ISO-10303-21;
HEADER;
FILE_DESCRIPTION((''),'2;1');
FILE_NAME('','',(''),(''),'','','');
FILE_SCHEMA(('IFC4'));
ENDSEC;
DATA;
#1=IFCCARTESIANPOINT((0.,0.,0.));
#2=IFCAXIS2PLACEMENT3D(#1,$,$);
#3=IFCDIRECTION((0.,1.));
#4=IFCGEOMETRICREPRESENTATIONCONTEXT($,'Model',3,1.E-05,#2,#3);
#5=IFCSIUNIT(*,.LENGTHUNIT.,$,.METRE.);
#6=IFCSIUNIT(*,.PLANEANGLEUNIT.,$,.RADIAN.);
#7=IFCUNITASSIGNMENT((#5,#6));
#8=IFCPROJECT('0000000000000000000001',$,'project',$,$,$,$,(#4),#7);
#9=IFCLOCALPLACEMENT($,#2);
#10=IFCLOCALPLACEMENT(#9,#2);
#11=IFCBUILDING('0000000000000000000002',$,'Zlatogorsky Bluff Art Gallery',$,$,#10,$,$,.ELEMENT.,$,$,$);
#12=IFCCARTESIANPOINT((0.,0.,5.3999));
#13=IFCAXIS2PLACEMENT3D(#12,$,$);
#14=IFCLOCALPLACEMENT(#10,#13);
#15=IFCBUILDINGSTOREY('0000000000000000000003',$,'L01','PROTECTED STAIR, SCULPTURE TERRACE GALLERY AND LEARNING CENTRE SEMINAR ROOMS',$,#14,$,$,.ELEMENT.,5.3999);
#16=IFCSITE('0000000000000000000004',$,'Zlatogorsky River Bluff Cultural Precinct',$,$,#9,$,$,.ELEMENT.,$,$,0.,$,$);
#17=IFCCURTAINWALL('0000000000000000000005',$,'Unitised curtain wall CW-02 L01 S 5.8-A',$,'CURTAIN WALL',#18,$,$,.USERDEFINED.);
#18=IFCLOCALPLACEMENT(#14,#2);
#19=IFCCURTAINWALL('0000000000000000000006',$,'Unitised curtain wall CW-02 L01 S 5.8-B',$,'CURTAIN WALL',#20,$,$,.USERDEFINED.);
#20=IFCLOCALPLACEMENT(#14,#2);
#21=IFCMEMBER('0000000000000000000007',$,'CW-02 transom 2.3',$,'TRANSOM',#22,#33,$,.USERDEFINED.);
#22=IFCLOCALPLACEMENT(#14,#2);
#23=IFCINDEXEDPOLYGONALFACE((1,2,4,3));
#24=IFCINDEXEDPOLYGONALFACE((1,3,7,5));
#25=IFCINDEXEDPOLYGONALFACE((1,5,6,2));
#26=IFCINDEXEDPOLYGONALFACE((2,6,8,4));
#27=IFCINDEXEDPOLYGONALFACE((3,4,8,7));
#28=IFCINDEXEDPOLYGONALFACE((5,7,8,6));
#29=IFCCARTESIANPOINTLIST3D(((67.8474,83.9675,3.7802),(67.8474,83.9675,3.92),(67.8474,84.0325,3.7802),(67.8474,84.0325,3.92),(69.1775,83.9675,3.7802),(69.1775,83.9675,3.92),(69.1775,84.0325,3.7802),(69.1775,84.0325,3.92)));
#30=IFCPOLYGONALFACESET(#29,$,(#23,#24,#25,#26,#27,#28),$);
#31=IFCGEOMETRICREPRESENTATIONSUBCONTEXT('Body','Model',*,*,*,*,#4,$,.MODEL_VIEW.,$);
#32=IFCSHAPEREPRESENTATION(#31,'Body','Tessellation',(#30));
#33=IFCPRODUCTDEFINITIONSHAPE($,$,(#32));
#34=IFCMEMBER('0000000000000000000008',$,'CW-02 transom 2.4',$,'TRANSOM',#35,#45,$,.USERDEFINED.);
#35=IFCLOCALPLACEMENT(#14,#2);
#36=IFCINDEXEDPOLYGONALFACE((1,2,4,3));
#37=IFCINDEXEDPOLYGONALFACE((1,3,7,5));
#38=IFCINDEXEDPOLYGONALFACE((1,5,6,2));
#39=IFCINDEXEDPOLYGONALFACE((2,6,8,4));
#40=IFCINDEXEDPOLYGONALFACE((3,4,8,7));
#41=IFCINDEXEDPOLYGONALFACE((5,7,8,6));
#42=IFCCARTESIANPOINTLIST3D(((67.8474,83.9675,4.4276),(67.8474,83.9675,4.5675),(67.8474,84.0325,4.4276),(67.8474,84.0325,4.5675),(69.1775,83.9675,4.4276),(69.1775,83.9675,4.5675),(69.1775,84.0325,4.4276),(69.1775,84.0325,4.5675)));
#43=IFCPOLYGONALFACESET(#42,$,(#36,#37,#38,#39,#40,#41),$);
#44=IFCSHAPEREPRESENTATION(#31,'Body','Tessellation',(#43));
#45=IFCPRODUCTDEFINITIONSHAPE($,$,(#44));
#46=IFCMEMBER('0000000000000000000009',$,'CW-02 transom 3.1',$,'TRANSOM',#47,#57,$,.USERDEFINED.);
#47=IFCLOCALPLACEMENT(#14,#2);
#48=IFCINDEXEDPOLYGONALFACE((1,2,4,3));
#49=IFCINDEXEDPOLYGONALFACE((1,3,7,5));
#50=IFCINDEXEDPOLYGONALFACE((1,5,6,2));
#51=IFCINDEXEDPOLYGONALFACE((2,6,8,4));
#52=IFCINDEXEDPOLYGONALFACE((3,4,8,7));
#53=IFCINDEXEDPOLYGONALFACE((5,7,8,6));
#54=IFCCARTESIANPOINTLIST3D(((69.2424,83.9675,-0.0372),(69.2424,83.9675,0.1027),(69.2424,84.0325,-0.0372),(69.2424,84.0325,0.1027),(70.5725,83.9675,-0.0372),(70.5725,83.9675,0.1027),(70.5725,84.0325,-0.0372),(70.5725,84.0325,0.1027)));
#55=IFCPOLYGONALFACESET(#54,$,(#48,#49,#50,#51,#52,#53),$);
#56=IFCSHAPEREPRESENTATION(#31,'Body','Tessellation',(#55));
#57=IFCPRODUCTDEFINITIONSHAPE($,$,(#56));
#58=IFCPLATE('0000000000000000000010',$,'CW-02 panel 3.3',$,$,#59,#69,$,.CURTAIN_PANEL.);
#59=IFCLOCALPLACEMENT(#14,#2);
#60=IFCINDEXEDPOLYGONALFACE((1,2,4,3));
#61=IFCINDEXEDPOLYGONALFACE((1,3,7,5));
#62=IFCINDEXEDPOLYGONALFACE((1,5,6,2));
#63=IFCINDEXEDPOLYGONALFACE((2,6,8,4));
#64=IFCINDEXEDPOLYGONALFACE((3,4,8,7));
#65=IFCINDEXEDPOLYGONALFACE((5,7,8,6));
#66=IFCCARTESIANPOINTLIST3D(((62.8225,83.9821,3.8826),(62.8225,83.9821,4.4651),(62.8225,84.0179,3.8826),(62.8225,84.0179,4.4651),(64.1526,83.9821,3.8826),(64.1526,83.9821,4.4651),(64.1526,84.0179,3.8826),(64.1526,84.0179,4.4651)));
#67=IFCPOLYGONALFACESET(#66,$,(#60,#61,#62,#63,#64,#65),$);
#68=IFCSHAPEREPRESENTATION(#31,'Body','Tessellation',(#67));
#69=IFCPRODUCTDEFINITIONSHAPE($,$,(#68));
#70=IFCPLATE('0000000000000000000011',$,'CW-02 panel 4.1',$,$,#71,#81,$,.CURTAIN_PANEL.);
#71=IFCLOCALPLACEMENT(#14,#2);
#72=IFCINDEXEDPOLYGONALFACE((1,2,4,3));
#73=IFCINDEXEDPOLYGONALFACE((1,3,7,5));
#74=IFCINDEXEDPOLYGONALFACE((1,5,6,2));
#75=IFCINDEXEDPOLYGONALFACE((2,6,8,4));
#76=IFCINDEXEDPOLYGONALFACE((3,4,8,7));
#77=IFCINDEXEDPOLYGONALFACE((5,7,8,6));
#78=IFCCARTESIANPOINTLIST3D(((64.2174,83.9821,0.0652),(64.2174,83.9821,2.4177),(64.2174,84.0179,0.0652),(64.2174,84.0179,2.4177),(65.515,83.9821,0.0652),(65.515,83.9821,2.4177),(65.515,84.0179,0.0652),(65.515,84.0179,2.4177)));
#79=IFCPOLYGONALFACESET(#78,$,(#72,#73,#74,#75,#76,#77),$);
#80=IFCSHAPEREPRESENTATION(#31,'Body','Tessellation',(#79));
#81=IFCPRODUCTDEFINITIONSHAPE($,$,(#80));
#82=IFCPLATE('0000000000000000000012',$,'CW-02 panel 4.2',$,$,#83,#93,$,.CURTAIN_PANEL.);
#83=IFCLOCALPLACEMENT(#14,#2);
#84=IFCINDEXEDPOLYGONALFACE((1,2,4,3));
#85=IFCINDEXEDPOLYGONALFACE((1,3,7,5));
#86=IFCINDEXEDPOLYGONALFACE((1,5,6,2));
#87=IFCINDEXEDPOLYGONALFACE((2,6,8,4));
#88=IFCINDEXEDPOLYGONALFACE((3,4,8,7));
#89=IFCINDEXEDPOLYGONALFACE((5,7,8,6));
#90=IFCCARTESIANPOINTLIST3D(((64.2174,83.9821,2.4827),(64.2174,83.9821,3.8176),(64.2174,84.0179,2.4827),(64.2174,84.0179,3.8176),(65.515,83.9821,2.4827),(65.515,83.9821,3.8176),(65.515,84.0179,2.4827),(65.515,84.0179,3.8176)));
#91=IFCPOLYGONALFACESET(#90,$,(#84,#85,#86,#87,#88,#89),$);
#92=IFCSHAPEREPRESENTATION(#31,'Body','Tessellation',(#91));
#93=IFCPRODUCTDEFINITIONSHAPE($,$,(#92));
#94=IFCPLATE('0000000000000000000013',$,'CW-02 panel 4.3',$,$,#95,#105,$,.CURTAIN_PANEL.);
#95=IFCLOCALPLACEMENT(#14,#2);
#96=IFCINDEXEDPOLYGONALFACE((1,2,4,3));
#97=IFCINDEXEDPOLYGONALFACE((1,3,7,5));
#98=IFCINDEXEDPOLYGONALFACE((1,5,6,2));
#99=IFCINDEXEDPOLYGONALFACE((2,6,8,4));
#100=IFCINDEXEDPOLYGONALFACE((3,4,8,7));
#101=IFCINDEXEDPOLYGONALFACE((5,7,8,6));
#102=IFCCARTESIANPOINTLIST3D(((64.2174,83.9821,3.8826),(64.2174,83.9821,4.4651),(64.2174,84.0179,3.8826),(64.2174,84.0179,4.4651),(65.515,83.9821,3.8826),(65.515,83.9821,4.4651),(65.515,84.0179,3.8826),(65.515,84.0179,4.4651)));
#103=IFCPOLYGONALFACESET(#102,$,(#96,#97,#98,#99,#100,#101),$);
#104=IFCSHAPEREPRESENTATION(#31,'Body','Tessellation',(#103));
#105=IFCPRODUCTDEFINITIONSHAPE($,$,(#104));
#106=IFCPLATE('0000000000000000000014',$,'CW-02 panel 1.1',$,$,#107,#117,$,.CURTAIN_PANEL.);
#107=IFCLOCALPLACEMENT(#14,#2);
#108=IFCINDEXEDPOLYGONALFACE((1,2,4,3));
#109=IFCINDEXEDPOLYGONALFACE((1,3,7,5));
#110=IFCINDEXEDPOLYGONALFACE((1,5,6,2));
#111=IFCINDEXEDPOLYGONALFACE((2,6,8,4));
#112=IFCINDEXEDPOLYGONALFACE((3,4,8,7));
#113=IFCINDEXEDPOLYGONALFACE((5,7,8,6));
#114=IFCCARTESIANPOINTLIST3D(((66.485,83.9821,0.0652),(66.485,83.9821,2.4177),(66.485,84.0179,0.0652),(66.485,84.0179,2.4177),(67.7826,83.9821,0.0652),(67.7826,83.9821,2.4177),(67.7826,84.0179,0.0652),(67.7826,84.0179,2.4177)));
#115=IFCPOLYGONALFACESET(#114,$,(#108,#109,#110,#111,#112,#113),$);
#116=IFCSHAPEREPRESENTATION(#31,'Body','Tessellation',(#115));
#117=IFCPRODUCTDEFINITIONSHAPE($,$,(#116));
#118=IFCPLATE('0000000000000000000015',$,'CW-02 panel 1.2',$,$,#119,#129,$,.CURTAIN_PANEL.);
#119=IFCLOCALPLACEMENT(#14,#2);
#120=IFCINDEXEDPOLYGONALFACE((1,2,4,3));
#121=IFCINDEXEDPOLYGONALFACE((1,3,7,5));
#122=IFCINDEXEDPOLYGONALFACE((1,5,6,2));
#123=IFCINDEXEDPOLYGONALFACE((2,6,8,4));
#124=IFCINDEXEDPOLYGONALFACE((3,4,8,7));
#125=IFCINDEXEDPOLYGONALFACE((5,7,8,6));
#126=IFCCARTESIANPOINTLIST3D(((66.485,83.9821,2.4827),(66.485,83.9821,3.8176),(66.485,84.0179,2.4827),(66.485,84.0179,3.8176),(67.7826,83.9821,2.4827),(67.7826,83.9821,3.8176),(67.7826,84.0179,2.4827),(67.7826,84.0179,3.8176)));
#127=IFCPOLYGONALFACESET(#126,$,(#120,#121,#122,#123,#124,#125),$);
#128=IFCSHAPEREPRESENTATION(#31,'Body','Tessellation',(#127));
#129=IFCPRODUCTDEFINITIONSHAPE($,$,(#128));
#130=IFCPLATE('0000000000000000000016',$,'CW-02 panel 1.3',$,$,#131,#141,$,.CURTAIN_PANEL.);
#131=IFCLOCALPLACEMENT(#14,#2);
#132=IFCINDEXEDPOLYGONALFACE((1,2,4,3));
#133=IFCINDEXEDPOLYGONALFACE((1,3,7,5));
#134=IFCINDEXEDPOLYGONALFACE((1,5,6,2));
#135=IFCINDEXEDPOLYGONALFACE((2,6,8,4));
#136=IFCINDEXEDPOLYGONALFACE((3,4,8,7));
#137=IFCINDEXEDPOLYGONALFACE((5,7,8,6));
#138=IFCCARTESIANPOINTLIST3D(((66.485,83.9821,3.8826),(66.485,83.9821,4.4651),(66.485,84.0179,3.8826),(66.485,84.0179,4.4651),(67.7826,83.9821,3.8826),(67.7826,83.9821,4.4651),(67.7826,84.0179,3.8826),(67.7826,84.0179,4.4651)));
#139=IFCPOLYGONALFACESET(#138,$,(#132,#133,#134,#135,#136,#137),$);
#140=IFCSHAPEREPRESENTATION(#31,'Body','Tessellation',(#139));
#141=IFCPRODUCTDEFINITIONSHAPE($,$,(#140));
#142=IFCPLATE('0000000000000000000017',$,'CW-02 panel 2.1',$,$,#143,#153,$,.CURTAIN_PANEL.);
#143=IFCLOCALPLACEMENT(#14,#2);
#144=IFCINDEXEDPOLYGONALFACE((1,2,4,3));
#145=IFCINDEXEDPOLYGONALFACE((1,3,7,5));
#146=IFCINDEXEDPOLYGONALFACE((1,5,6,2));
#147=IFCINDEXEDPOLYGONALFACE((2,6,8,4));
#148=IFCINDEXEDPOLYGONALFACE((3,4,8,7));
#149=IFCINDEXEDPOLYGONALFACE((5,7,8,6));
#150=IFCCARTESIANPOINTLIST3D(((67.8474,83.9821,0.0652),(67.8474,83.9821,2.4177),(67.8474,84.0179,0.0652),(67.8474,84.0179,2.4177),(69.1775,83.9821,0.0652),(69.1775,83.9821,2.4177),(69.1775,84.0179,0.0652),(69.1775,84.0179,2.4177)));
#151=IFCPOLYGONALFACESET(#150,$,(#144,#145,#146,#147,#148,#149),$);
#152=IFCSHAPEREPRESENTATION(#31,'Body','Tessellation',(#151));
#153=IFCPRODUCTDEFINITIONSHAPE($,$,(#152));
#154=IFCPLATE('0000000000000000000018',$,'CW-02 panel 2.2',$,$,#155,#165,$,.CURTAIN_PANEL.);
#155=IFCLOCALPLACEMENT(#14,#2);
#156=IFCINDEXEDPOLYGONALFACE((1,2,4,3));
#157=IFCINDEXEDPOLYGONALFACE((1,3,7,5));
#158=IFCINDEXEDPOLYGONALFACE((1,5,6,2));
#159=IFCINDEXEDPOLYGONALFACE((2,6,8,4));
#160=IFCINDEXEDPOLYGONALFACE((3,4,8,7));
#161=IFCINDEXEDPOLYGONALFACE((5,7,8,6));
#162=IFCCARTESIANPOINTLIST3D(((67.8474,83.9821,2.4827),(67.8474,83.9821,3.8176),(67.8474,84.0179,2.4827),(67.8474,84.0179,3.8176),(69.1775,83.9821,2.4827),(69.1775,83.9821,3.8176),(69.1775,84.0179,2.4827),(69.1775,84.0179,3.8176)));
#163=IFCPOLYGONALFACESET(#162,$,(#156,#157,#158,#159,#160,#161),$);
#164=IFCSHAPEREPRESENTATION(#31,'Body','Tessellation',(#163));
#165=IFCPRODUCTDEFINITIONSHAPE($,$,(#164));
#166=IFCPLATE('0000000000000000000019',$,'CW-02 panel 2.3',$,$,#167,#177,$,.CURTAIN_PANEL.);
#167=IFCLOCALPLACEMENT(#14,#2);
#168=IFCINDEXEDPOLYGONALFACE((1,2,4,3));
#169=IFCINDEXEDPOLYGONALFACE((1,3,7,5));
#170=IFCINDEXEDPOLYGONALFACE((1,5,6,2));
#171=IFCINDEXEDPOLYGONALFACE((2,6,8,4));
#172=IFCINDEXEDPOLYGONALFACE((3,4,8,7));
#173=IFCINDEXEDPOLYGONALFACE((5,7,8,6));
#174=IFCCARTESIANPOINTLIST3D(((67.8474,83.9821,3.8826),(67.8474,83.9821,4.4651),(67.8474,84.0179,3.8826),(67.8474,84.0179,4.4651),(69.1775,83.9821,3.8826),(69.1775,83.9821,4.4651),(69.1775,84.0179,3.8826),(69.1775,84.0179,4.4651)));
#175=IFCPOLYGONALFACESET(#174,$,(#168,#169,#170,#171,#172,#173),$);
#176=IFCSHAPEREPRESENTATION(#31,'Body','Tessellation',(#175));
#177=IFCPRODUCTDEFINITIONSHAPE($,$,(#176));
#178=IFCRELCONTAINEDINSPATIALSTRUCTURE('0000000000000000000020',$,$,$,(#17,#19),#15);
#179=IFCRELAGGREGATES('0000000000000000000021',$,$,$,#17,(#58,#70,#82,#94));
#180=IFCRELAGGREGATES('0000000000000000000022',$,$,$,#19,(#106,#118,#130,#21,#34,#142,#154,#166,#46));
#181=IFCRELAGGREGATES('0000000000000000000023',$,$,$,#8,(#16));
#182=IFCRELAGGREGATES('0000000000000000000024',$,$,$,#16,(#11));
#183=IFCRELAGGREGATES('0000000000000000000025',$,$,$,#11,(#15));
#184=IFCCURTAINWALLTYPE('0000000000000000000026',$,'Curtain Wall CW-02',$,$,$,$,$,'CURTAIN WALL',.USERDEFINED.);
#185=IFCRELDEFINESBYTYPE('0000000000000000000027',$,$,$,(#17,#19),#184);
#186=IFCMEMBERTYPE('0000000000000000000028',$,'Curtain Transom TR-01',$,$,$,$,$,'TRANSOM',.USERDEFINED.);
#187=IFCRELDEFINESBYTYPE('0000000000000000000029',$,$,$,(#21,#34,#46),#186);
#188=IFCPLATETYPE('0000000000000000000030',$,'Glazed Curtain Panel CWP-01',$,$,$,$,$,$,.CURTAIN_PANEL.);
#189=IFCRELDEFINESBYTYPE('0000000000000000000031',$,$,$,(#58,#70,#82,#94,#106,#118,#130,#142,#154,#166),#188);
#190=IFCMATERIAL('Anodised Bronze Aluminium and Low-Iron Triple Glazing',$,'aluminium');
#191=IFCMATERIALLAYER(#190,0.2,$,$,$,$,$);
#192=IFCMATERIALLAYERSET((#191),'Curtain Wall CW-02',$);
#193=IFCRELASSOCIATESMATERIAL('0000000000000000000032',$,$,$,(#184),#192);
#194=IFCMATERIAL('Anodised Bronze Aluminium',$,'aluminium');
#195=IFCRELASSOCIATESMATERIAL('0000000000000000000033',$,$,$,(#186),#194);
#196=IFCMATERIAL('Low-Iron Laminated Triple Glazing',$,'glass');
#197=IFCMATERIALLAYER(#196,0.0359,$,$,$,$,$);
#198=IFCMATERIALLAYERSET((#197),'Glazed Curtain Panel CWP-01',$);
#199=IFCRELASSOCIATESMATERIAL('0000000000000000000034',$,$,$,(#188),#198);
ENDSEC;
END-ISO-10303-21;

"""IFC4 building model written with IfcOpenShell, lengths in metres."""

from ifc_helpers import new_model, si_unit, direction, frame, origin, origin_2d, place, context, subcontext, project, spatial, rectangle, extrude, material, layer, layer_set, material_profile, profile_set, type_object, element, aggregate, save


model = new_model("IFC4")

# Units and contexts
model_context = context("Model", 3, precision=1e-05, world=origin(), true_north=direction((0.0, 1.0)))
body_context = subcontext(model_context, "Body", "Model", "MODEL_VIEW")
ifc_project = project(units=[si_unit("LENGTHUNIT", "METRE"), si_unit("PLANEANGLEUNIT", "RADIAN")], contexts=[model_context])

# Site, building, storey
site_placement = place(None, origin())
site = spatial("IfcSite", under=ifc_project, at=site_placement, Name="Zlatogorsky River Bluff Cultural Precinct", CompositionType="ELEMENT", RefElevation=0.0)
building_placement = place(site_placement, origin())
building = spatial("IfcBuilding", under=site, at=building_placement, Name="Zlatogorsky Bluff Art Gallery", CompositionType="ELEMENT")
storey_placement = place(building_placement, frame((0.0, 0.0, 5.3999)))
storey = spatial("IfcBuildingStorey", under=building, at=storey_placement, Name="L01", Description="PROTECTED STAIR, SCULPTURE TERRACE GALLERY AND LEARNING CENTRE SEMINAR ROOMS", CompositionType="ELEMENT", Elevation=5.3999)

# Curtain walls
ifc_material_1 = material(Name="Anodised Bronze Aluminium and Low-Iron Triple Glazing", Category="aluminium")
ifc_layer_1 = layer(ifc_material_1, 0.2)
ifc_layer_set_1 = layer_set([ifc_layer_1], Name="Curtain Wall CW-02")
curtain_wall_type = type_object("IfcCurtainWallType", Name="Curtain Wall CW-02", ElementType="CURTAIN WALL", PredefinedType="USERDEFINED", material=ifc_layer_set_1)
curtain_wall_1_placement = place(storey_placement, origin())
curtain_wall_1 = element("IfcCurtainWall", 1, at=curtain_wall_1_placement, inside=storey, type_object=curtain_wall_type, Name="Unitised curtain wall CW-02 L01 S 5.8-A", ObjectType="CURTAIN WALL", PredefinedType="USERDEFINED")
ifc_material_2 = material(Name="Anodised Bronze Aluminium", Category="aluminium")
curtain_wall_2_placement = place(storey_placement, origin())
curtain_wall_2 = element("IfcCurtainWall", 2, at=curtain_wall_2_placement, inside=storey, type_object=curtain_wall_type, Name="Unitised curtain wall CW-02 L01 S 5.8-B", ObjectType="CURTAIN WALL", PredefinedType="USERDEFINED")

# Members
ifc_material_profile_1 = material_profile(ifc_material_2, rectangle(XDim=0.0649, YDim=0.1399, at=origin_2d()), Name="ALU TRANSOM 65x140")
ifc_profile_set_1 = profile_set([ifc_material_profile_1], Name="Anodised Bronze Aluminium")
member_type_1 = type_object("IfcMemberType", Name="Curtain Transom TR-01", ElementType="TRANSOM", PredefinedType="USERDEFINED", material=ifc_profile_set_1)
member_1_placement = place(storey_placement, frame((67.8474, 84.0, 3.8501), z_axis=(1.0, 0.0, 0.0), x_axis=(0.0, 1.0, 0.0)))
member_1 = element("IfcMember", 3, at=member_1_placement, type_object=member_type_1, Name="CW-02 transom 2.3", ObjectType="TRANSOM", PredefinedType="USERDEFINED", context=body_context, shape_type="SweptSolid", body=[
    extrude(rectangle(XDim=0.0649, YDim=0.1399, at=origin_2d()), origin(), (0.0, 0.0, 1.0), 1.3301),
])
member_2_placement = place(storey_placement, frame((67.8474, 84.0, 4.4976), z_axis=(1.0, 0.0, 0.0), x_axis=(0.0, 1.0, 0.0)))
member_2 = element("IfcMember", 4, at=member_2_placement, type_object=member_type_1, Name="CW-02 transom 2.4", ObjectType="TRANSOM", PredefinedType="USERDEFINED", context=body_context, shape_type="SweptSolid", body=[
    extrude(rectangle(XDim=0.0649, YDim=0.1399, at=origin_2d()), origin(), (0.0, 0.0, 1.0), 1.3301),
])
member_3_placement = place(storey_placement, frame((69.2424, 84.0, 0.0327), z_axis=(1.0, 0.0, 0.0), x_axis=(0.0, 1.0, 0.0)))
member_3 = element("IfcMember", 5, at=member_3_placement, type_object=member_type_1, Name="CW-02 transom 3.1", ObjectType="TRANSOM", PredefinedType="USERDEFINED", context=body_context, shape_type="SweptSolid", body=[
    extrude(rectangle(XDim=0.0649, YDim=0.1399, at=origin_2d()), origin(), (0.0, 0.0, 1.0), 1.3301),
])

# Plates
ifc_material_3 = material(Name="Low-Iron Laminated Triple Glazing", Category="glass")
ifc_layer_2 = layer(ifc_material_3, 0.0359)
ifc_layer_set_2 = layer_set([ifc_layer_2], Name="Glazed Curtain Panel CWP-01")
plate_type = type_object("IfcPlateType", Name="Glazed Curtain Panel CWP-01", PredefinedType="CURTAIN_PANEL", material=ifc_layer_set_2)
plate_1_placement = place(storey_placement, frame((63.4875, 84.0, 3.8826), z_axis=(0.0, 0.0, 1.0), x_axis=(1.0, 0.0, 0.0)))
plate_1 = element("IfcPlate", 6, at=plate_1_placement, type_object=plate_type, Name="CW-02 panel 3.3", PredefinedType="CURTAIN_PANEL", context=body_context, shape_type="SweptSolid", body=[
    extrude(rectangle(XDim=1.3301, YDim=0.0359, at=origin_2d()), origin(), (0.0, 0.0, 1.0), 0.5825),
])
plate_2_placement = place(storey_placement, frame((64.8662, 84.0, 0.0652), z_axis=(0.0, 0.0, 1.0), x_axis=(1.0, 0.0, 0.0)))
plate_2 = element("IfcPlate", 7, at=plate_2_placement, type_object=plate_type, Name="CW-02 panel 4.1", PredefinedType="CURTAIN_PANEL", context=body_context, shape_type="SweptSolid", body=[
    extrude(rectangle(XDim=1.2976, YDim=0.0359, at=origin_2d()), origin(), (0.0, 0.0, 1.0), 2.3525),
])
plate_3_placement = place(storey_placement, frame((64.8662, 84.0, 2.4827), z_axis=(0.0, 0.0, 1.0), x_axis=(1.0, 0.0, 0.0)))
plate_3 = element("IfcPlate", 8, at=plate_3_placement, type_object=plate_type, Name="CW-02 panel 4.2", PredefinedType="CURTAIN_PANEL", context=body_context, shape_type="SweptSolid", body=[
    extrude(rectangle(XDim=1.2976, YDim=0.0359, at=origin_2d()), origin(), (0.0, 0.0, 1.0), 1.335),
])
plate_4_placement = place(storey_placement, frame((64.8662, 84.0, 3.8826), z_axis=(0.0, 0.0, 1.0), x_axis=(1.0, 0.0, 0.0)))
plate_4 = element("IfcPlate", 9, at=plate_4_placement, type_object=plate_type, Name="CW-02 panel 4.3", PredefinedType="CURTAIN_PANEL", context=body_context, shape_type="SweptSolid", body=[
    extrude(rectangle(XDim=1.2976, YDim=0.0359, at=origin_2d()), origin(), (0.0, 0.0, 1.0), 0.5825),
])
aggregate(curtain_wall_1, [plate_1, plate_2, plate_3, plate_4])
plate_5_placement = place(storey_placement, frame((67.1338, 84.0, 0.0652), z_axis=(0.0, 0.0, 1.0), x_axis=(1.0, 0.0, 0.0)))
plate_5 = element("IfcPlate", 10, at=plate_5_placement, type_object=plate_type, Name="CW-02 panel 1.1", PredefinedType="CURTAIN_PANEL", context=body_context, shape_type="SweptSolid", body=[
    extrude(rectangle(XDim=1.2976, YDim=0.0359, at=origin_2d()), origin(), (0.0, 0.0, 1.0), 2.3525),
])
plate_6_placement = place(storey_placement, frame((67.1338, 84.0, 2.4827), z_axis=(0.0, 0.0, 1.0), x_axis=(1.0, 0.0, 0.0)))
plate_6 = element("IfcPlate", 11, at=plate_6_placement, type_object=plate_type, Name="CW-02 panel 1.2", PredefinedType="CURTAIN_PANEL", context=body_context, shape_type="SweptSolid", body=[
    extrude(rectangle(XDim=1.2976, YDim=0.0359, at=origin_2d()), origin(), (0.0, 0.0, 1.0), 1.335),
])
plate_7_placement = place(storey_placement, frame((67.1338, 84.0, 3.8826), z_axis=(0.0, 0.0, 1.0), x_axis=(1.0, 0.0, 0.0)))
plate_7 = element("IfcPlate", 12, at=plate_7_placement, type_object=plate_type, Name="CW-02 panel 1.3", PredefinedType="CURTAIN_PANEL", context=body_context, shape_type="SweptSolid", body=[
    extrude(rectangle(XDim=1.2976, YDim=0.0359, at=origin_2d()), origin(), (0.0, 0.0, 1.0), 0.5825),
])
plate_8_placement = place(storey_placement, frame((68.5125, 84.0, 0.0652), z_axis=(0.0, 0.0, 1.0), x_axis=(1.0, 0.0, 0.0)))
plate_8 = element("IfcPlate", 13, at=plate_8_placement, type_object=plate_type, Name="CW-02 panel 2.1", PredefinedType="CURTAIN_PANEL", context=body_context, shape_type="SweptSolid", body=[
    extrude(rectangle(XDim=1.3301, YDim=0.0359, at=origin_2d()), origin(), (0.0, 0.0, 1.0), 2.3525),
])
plate_9_placement = place(storey_placement, frame((68.5125, 84.0, 2.4827), z_axis=(0.0, 0.0, 1.0), x_axis=(1.0, 0.0, 0.0)))
plate_9 = element("IfcPlate", 14, at=plate_9_placement, type_object=plate_type, Name="CW-02 panel 2.2", PredefinedType="CURTAIN_PANEL", context=body_context, shape_type="SweptSolid", body=[
    extrude(rectangle(XDim=1.3301, YDim=0.0359, at=origin_2d()), origin(), (0.0, 0.0, 1.0), 1.335),
])
plate_10_placement = place(storey_placement, frame((68.5125, 84.0, 3.8826), z_axis=(0.0, 0.0, 1.0), x_axis=(1.0, 0.0, 0.0)))
plate_10 = element("IfcPlate", 15, at=plate_10_placement, type_object=plate_type, Name="CW-02 panel 2.3", PredefinedType="CURTAIN_PANEL", context=body_context, shape_type="SweptSolid", body=[
    extrude(rectangle(XDim=1.3301, YDim=0.0359, at=origin_2d()), origin(), (0.0, 0.0, 1.0), 0.5825),
])
aggregate(curtain_wall_2, [plate_5, plate_6, plate_7, member_1, member_2, plate_8, plate_9, plate_10, member_3])

save(model, "model.ifc")
